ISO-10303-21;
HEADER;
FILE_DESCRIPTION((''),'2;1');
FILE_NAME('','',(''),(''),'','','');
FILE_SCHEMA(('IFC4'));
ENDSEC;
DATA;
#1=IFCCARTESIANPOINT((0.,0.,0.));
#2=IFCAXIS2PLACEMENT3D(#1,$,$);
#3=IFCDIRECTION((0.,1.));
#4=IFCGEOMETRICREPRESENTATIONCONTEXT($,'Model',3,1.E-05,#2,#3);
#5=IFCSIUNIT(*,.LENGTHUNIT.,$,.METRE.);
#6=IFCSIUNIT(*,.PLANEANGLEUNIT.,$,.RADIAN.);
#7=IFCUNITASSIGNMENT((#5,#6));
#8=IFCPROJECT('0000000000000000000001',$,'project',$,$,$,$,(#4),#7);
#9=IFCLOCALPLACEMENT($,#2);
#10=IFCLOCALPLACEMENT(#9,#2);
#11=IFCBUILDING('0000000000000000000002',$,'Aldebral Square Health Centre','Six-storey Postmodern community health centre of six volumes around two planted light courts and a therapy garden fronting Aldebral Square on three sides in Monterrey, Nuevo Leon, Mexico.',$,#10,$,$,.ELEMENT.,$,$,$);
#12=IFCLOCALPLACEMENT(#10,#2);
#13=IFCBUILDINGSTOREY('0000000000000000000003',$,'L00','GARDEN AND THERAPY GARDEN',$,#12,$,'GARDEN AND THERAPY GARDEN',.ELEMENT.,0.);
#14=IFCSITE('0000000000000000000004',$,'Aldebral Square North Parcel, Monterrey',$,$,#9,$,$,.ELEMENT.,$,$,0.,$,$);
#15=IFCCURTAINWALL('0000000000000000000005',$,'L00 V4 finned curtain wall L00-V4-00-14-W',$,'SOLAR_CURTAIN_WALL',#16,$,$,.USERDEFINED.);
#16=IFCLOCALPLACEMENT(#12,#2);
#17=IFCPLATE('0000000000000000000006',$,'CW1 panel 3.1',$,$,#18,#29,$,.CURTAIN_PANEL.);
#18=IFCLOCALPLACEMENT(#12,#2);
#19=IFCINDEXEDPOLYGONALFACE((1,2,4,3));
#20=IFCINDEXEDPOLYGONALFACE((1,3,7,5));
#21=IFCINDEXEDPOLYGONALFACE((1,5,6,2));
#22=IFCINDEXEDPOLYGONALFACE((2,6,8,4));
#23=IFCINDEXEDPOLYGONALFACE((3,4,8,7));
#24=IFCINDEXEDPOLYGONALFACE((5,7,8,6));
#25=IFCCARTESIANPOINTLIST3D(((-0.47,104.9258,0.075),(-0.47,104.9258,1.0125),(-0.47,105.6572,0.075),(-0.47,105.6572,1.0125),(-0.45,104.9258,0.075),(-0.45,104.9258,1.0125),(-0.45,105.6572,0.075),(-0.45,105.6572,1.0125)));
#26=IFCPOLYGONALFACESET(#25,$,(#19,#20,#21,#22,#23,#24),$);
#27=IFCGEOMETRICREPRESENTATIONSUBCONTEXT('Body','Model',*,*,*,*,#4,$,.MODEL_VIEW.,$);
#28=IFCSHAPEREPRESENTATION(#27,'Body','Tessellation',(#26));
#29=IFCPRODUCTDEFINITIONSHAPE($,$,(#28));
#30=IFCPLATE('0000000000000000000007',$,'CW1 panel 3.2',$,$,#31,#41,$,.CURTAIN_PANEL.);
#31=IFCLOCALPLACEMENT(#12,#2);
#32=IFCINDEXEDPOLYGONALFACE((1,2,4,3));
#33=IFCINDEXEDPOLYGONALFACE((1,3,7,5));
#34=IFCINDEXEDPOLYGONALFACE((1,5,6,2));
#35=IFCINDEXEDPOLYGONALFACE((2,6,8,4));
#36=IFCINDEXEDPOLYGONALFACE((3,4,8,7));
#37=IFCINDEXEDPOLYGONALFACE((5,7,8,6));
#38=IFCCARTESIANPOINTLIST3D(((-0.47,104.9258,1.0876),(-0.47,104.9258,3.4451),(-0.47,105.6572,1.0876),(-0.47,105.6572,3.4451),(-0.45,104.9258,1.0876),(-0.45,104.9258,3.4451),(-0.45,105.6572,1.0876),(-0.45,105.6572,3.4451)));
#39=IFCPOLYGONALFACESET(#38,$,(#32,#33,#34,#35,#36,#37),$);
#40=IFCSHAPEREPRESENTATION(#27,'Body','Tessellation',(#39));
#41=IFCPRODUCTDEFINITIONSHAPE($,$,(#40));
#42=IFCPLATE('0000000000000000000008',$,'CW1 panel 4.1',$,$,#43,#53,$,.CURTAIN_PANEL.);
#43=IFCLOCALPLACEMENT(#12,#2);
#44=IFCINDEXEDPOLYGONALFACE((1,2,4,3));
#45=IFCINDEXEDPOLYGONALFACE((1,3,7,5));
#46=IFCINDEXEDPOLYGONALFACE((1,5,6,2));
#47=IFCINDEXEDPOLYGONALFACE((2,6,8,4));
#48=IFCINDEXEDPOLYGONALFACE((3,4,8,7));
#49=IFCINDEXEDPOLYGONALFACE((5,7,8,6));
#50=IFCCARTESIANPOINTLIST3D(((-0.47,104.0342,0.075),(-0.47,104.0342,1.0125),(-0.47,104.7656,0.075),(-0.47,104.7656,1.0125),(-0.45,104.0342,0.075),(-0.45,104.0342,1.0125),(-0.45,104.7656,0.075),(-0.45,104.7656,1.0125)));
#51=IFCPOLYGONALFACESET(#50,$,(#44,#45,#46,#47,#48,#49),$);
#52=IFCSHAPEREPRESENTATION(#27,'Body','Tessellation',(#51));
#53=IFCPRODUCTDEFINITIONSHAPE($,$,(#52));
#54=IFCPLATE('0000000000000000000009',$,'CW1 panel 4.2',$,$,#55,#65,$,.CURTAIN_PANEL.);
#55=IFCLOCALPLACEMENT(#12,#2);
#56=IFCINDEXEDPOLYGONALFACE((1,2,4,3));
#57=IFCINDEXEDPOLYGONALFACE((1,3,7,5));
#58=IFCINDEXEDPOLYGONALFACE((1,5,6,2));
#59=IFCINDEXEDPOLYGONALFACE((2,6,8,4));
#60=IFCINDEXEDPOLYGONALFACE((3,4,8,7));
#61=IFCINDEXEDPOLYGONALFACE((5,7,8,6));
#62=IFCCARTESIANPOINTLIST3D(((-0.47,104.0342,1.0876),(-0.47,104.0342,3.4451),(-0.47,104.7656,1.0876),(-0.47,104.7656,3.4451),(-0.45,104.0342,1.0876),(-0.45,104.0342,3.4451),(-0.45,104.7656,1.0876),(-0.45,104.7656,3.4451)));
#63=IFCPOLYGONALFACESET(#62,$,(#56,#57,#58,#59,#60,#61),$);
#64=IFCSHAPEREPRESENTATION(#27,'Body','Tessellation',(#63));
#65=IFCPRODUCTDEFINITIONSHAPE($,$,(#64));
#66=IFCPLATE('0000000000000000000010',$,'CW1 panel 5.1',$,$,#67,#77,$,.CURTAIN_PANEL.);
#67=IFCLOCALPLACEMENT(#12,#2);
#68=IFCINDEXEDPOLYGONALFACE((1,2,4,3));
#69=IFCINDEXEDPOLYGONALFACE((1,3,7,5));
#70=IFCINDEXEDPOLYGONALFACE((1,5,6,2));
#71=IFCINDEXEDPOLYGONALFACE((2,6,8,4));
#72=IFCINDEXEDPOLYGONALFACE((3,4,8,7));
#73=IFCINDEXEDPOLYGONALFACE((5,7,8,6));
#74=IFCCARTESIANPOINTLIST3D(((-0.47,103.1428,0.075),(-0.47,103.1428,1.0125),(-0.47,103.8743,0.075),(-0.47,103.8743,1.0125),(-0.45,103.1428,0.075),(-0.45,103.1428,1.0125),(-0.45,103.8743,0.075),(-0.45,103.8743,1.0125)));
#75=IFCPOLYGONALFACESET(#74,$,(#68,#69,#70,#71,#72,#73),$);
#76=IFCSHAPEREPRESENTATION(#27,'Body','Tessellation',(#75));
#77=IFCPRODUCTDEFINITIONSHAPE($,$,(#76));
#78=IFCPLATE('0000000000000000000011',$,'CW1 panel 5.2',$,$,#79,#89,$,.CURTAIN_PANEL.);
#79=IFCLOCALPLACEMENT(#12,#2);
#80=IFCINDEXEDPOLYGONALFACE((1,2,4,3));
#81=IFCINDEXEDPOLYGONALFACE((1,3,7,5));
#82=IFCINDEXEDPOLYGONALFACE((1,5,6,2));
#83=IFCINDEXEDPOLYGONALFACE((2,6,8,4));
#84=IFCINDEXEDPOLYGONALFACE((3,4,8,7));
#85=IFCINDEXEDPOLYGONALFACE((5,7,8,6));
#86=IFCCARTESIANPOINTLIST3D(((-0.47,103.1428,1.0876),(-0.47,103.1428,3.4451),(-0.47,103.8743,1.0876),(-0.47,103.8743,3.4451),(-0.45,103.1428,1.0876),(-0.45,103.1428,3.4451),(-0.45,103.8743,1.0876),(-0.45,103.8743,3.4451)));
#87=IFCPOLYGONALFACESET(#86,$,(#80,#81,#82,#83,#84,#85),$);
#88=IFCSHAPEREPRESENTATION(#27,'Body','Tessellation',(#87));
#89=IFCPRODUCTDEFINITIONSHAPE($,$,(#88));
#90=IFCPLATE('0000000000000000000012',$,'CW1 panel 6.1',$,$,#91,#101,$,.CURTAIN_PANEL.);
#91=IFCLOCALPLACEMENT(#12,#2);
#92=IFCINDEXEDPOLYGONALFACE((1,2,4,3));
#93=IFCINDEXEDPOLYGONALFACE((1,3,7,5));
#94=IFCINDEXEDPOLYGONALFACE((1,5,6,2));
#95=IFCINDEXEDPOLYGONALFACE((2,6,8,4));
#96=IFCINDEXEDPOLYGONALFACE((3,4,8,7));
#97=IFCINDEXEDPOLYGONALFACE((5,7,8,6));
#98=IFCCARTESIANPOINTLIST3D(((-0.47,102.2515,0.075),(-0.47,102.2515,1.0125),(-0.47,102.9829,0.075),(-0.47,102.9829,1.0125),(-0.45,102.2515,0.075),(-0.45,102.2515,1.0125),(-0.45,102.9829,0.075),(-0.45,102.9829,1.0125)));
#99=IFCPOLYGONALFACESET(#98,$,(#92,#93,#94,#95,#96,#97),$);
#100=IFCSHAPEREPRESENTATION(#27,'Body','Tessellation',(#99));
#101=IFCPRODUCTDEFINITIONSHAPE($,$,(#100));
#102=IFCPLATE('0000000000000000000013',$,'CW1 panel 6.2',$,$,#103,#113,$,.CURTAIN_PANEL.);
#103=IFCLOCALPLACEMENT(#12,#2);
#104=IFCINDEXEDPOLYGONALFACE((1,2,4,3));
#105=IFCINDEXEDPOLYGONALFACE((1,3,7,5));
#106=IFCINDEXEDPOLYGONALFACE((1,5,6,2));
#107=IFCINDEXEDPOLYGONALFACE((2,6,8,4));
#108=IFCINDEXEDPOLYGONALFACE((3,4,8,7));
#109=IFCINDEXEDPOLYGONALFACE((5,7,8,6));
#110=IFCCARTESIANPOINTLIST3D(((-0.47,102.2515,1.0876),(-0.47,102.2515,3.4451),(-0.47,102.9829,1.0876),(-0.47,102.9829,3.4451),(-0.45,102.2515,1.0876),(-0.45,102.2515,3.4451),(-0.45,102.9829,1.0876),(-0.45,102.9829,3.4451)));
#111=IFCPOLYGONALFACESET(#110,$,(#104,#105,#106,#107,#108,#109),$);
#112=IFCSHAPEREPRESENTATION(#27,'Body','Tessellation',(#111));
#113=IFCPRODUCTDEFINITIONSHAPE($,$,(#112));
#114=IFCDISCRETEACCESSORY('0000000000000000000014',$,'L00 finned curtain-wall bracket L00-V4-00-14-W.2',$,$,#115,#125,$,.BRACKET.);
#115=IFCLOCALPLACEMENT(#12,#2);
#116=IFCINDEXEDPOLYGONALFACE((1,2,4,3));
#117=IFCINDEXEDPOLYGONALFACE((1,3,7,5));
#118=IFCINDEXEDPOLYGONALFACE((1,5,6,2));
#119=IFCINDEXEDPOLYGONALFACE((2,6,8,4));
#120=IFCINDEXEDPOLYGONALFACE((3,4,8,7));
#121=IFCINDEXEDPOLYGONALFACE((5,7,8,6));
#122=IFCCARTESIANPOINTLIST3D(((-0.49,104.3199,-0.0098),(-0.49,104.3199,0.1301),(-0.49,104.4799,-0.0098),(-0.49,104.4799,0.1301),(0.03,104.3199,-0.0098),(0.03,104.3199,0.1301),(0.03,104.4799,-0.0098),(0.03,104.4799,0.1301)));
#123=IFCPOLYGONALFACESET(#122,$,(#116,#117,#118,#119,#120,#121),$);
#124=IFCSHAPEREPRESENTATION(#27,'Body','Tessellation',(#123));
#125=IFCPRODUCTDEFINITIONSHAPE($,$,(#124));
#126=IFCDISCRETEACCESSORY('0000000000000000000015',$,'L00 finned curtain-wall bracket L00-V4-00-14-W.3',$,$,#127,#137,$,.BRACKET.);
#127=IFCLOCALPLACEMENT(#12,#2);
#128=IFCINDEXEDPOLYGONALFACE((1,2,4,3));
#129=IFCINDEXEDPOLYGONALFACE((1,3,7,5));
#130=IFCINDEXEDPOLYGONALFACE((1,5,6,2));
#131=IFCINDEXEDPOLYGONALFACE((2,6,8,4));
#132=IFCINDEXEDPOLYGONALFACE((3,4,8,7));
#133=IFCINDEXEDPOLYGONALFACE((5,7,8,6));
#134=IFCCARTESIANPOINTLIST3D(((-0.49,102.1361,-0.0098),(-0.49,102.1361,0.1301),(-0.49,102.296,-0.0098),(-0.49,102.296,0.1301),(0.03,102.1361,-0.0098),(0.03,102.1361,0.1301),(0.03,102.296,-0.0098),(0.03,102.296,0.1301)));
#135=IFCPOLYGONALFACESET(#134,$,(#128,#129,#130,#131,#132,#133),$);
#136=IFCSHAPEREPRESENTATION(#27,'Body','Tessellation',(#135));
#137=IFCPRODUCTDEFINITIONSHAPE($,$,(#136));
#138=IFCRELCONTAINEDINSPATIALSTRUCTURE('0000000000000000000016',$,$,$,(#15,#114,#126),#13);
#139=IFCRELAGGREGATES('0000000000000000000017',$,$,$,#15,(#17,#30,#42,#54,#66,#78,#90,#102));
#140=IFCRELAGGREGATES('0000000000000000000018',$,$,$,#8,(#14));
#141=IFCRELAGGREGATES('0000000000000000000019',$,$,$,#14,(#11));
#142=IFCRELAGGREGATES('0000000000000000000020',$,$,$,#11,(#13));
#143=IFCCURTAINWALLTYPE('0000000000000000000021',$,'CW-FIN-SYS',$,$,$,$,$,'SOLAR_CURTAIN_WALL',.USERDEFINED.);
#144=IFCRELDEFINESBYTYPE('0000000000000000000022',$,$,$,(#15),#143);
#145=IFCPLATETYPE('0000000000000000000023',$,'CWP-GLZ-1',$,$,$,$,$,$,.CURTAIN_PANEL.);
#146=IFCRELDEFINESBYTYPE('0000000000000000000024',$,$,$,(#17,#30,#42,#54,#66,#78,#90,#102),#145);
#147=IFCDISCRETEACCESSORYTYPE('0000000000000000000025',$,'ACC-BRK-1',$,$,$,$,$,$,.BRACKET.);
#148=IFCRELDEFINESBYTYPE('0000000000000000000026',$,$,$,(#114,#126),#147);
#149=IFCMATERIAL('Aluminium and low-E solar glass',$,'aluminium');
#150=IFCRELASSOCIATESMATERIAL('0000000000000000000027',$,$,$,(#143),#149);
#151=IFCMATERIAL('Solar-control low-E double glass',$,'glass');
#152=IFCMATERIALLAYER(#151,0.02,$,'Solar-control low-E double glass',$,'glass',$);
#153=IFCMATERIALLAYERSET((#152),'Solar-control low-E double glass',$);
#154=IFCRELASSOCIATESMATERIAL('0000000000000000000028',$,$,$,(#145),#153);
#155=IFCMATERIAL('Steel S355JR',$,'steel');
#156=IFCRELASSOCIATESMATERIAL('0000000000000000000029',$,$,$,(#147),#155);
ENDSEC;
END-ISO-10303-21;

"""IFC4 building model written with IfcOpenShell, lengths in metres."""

from ifc_helpers import new_model, si_unit, direction, frame, origin, origin_2d, place, context, subcontext, project, spatial, rectangle, extrude, material, layer, layer_set, type_object, element, aggregate, save


model = new_model("IFC4")

# Units and contexts
model_context = context("Model", 3, precision=1e-05, world=origin(), true_north=direction((0.0, 1.0)))
body_context = subcontext(model_context, "Body", "Model", "MODEL_VIEW")
ifc_project = project(units=[si_unit("LENGTHUNIT", "METRE"), si_unit("PLANEANGLEUNIT", "RADIAN")], contexts=[model_context])

# Site, building, storey
site_placement = place(None, origin())
site = spatial("IfcSite", under=ifc_project, at=site_placement, Name="Aldebral Square North Parcel, Monterrey", CompositionType="ELEMENT", RefElevation=0.0)
building_placement = place(site_placement, origin())
building = spatial("IfcBuilding", under=site, at=building_placement, Name="Aldebral Square Health Centre", Description="Six-storey Postmodern community health centre of six volumes around two planted light courts and a therapy garden fronting Aldebral Square on three sides in Monterrey, Nuevo Leon, Mexico.", CompositionType="ELEMENT")
storey_placement = place(building_placement, origin())
storey = spatial("IfcBuildingStorey", under=building, at=storey_placement, Name="L00", Description="GARDEN AND THERAPY GARDEN", LongName="GARDEN AND THERAPY GARDEN", CompositionType="ELEMENT", Elevation=0.0)

# Curtain wall, plates
ifc_material_1 = material(Name="Aluminium and low-E solar glass", Category="aluminium")
curtain_wall_type = type_object("IfcCurtainWallType", Name="CW-FIN-SYS", ElementType="SOLAR_CURTAIN_WALL", PredefinedType="USERDEFINED", material=ifc_material_1)
curtain_wall_placement = place(storey_placement, origin())
curtain_wall = element("IfcCurtainWall", 1, at=curtain_wall_placement, inside=storey, type_object=curtain_wall_type, Name="L00 V4 finned curtain wall L00-V4-00-14-W", ObjectType="SOLAR_CURTAIN_WALL", PredefinedType="USERDEFINED")
ifc_material_2 = material(Name="Solar-control low-E double glass", Category="glass")
ifc_layer = layer(ifc_material_2, 0.02, Name="Solar-control low-E double glass", Category="glass")
ifc_layer_set = layer_set([ifc_layer], Name="Solar-control low-E double glass")
plate_type = type_object("IfcPlateType", Name="CWP-GLZ-1", PredefinedType="CURTAIN_PANEL", material=ifc_layer_set)
plate_1_placement = place(storey_placement, frame((-0.46, 105.2915, 0.075), z_axis=(0.0, 0.0, 1.0), x_axis=(0.0, -1.0, 0.0)))
plate_1 = element("IfcPlate", 2, at=plate_1_placement, type_object=plate_type, Name="CW1 panel 3.1", PredefinedType="CURTAIN_PANEL", context=body_context, shape_type="SweptSolid", body=[
    extrude(rectangle(XDim=0.7314, YDim=0.02, at=origin_2d()), origin(), (0.0, 0.0, 1.0), 0.9375),
])
plate_2_placement = place(storey_placement, frame((-0.46, 105.2915, 1.0876), z_axis=(0.0, 0.0, 1.0), x_axis=(0.0, -1.0, 0.0)))
plate_2 = element("IfcPlate", 3, at=plate_2_placement, type_object=plate_type, Name="CW1 panel 3.2", PredefinedType="CURTAIN_PANEL", context=body_context, shape_type="SweptSolid", body=[
    extrude(rectangle(XDim=0.7314, YDim=0.02, at=origin_2d()), origin(), (0.0, 0.0, 1.0), 2.3574),
])
plate_3_placement = place(storey_placement, frame((-0.46, 104.3999, 0.075), z_axis=(0.0, 0.0, 1.0), x_axis=(0.0, -1.0, 0.0)))
plate_3 = element("IfcPlate", 4, at=plate_3_placement, type_object=plate_type, Name="CW1 panel 4.1", PredefinedType="CURTAIN_PANEL", context=body_context, shape_type="SweptSolid", body=[
    extrude(rectangle(XDim=0.7314, YDim=0.02, at=origin_2d()), origin(), (0.0, 0.0, 1.0), 0.9375),
])
plate_4_placement = place(storey_placement, frame((-0.46, 104.3999, 1.0876), z_axis=(0.0, 0.0, 1.0), x_axis=(0.0, -1.0, 0.0)))
plate_4 = element("IfcPlate", 5, at=plate_4_placement, type_object=plate_type, Name="CW1 panel 4.2", PredefinedType="CURTAIN_PANEL", context=body_context, shape_type="SweptSolid", body=[
    extrude(rectangle(XDim=0.7314, YDim=0.02, at=origin_2d()), origin(), (0.0, 0.0, 1.0), 2.3574),
])
plate_5_placement = place(storey_placement, frame((-0.46, 103.5085, 0.075), z_axis=(0.0, 0.0, 1.0), x_axis=(0.0, -1.0, 0.0)))
plate_5 = element("IfcPlate", 6, at=plate_5_placement, type_object=plate_type, Name="CW1 panel 5.1", PredefinedType="CURTAIN_PANEL", context=body_context, shape_type="SweptSolid", body=[
    extrude(rectangle(XDim=0.7314, YDim=0.02, at=origin_2d()), origin(), (0.0, 0.0, 1.0), 0.9375),
])
plate_6_placement = place(storey_placement, frame((-0.46, 103.5085, 1.0876), z_axis=(0.0, 0.0, 1.0), x_axis=(0.0, -1.0, 0.0)))
plate_6 = element("IfcPlate", 7, at=plate_6_placement, type_object=plate_type, Name="CW1 panel 5.2", PredefinedType="CURTAIN_PANEL", context=body_context, shape_type="SweptSolid", body=[
    extrude(rectangle(XDim=0.7314, YDim=0.02, at=origin_2d()), origin(), (0.0, 0.0, 1.0), 2.3574),
])
plate_7_placement = place(storey_placement, frame((-0.46, 102.6172, 0.075), z_axis=(0.0, 0.0, 1.0), x_axis=(0.0, -1.0, 0.0)))
plate_7 = element("IfcPlate", 8, at=plate_7_placement, type_object=plate_type, Name="CW1 panel 6.1", PredefinedType="CURTAIN_PANEL", context=body_context, shape_type="SweptSolid", body=[
    extrude(rectangle(XDim=0.7314, YDim=0.02, at=origin_2d()), origin(), (0.0, 0.0, 1.0), 0.9375),
])
plate_8_placement = place(storey_placement, frame((-0.46, 102.6172, 1.0876), z_axis=(0.0, 0.0, 1.0), x_axis=(0.0, -1.0, 0.0)))
plate_8 = element("IfcPlate", 9, at=plate_8_placement, type_object=plate_type, Name="CW1 panel 6.2", PredefinedType="CURTAIN_PANEL", context=body_context, shape_type="SweptSolid", body=[
    extrude(rectangle(XDim=0.7314, YDim=0.02, at=origin_2d()), origin(), (0.0, 0.0, 1.0), 2.3574),
])
aggregate(curtain_wall, [plate_1, plate_2, plate_3, plate_4, plate_5, plate_6, plate_7, plate_8])

# Discrete accessories
ifc_material_3 = material(Name="Steel S355JR", Category="steel")
discrete_accessory_type = type_object("IfcDiscreteAccessoryType", Name="ACC-BRK-1", PredefinedType="BRACKET", material=ifc_material_3)
for number, where, z_axis, x_axis, name in (
    (10, (-0.23, 104.3999, -0.0098), (0.0, 0.0, 1.0), (0.0, 1.0, 0.0), "L00 finned curtain-wall bracket L00-V4-00-14-W.2"),
    (11, (-0.23, 102.2161, -0.0098), (0.0, 0.0, 1.0), (0.0, 1.0, 0.0), "L00 finned curtain-wall bracket L00-V4-00-14-W.3"),
):
    element("IfcDiscreteAccessory", number, at=place(storey_placement, frame(where, z_axis=z_axis, x_axis=x_axis)), inside=storey, type_object=discrete_accessory_type, Name=name, PredefinedType="BRACKET", context=body_context, shape_type="SweptSolid", body=[
        extrude(rectangle(XDim=0.1599, YDim=0.52, at=origin_2d()), origin(), (0.0, 0.0, 1.0), 0.1399),
    ])

save(model, "model.ifc")
